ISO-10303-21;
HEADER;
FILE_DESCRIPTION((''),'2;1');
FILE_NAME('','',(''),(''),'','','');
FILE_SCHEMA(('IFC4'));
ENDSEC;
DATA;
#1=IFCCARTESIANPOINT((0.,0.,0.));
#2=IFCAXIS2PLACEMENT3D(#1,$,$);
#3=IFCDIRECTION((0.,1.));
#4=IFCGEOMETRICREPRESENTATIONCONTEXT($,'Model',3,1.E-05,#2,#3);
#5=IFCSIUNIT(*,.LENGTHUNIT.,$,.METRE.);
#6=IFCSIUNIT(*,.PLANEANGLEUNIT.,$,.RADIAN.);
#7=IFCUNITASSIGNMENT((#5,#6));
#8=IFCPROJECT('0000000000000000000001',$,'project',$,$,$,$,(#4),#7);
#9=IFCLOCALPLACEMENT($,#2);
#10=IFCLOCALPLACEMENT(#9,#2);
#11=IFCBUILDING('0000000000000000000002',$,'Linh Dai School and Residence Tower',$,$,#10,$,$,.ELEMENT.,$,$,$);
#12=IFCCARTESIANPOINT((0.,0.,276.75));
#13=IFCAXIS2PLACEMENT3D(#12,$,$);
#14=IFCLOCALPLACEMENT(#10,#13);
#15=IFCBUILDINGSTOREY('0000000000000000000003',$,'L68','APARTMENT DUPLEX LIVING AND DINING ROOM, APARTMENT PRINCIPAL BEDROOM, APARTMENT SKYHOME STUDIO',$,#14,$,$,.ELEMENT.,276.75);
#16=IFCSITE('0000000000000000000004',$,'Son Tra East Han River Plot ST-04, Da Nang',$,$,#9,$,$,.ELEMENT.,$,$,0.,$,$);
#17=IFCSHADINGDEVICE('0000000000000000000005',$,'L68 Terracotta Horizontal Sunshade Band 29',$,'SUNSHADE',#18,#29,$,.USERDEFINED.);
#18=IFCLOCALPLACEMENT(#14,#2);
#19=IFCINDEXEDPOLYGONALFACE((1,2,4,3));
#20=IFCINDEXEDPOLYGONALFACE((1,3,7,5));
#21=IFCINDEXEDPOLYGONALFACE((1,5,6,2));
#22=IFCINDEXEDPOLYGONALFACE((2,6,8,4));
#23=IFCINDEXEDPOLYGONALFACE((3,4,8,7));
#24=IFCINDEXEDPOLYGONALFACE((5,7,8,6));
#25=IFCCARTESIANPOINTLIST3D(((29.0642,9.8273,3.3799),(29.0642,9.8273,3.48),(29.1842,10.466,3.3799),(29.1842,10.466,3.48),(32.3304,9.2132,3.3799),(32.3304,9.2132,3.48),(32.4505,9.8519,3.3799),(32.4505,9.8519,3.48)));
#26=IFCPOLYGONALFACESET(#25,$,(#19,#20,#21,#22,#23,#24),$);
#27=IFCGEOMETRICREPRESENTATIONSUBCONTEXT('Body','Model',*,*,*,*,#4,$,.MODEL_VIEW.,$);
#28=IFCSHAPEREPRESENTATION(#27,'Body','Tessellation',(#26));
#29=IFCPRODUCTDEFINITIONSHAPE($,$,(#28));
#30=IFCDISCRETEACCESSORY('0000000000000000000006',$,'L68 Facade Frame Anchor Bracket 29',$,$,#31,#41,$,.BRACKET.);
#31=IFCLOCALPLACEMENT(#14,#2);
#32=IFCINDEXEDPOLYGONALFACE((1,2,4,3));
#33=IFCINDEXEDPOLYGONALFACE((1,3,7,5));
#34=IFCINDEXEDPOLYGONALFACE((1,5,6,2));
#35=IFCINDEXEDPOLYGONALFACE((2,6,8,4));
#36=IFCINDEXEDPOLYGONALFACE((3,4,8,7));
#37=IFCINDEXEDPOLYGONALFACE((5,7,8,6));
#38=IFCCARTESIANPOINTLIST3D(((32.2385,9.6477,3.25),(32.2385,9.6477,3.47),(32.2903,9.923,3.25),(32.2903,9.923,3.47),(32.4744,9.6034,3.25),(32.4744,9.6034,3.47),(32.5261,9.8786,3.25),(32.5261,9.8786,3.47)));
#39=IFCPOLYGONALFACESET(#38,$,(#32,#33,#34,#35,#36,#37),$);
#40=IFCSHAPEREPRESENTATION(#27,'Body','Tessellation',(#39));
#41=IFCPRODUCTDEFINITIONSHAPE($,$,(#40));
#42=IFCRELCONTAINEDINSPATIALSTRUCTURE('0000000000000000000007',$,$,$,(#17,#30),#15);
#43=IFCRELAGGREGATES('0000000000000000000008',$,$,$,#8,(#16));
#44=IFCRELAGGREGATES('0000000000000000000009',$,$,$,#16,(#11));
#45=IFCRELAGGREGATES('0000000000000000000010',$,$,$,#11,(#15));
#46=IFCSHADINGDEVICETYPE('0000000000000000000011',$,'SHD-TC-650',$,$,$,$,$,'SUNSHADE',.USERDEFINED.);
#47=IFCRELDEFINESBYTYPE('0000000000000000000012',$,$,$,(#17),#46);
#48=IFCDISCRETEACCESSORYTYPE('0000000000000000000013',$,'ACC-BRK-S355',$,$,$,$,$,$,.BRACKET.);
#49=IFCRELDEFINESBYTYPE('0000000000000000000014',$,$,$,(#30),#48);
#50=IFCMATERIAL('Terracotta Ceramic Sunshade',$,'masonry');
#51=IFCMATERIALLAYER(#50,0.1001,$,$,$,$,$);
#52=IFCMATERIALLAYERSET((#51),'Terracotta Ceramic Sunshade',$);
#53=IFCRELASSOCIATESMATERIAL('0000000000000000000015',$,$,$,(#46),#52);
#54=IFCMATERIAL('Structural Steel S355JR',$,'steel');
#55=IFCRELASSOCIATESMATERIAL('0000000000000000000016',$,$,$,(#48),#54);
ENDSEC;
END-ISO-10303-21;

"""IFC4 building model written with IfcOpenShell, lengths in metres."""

from ifc_helpers import new_model, si_unit, direction, frame, origin, origin_2d, place, context, subcontext, project, spatial, rectangle, extrude, source, transform, mapped, material, layer, layer_set, type_object, element, save


model = new_model("IFC4")

# Units and contexts
model_context = context("Model", 3, precision=1e-05, world=origin(), true_north=direction((0.0, 1.0)))
body_context = subcontext(model_context, "Body", "Model", "MODEL_VIEW")
ifc_project = project(units=[si_unit("LENGTHUNIT", "METRE"), si_unit("PLANEANGLEUNIT", "RADIAN")], contexts=[model_context])

# Site, building, storey
site_placement = place(None, origin())
site = spatial("IfcSite", under=ifc_project, at=site_placement, Name="Son Tra East Han River Plot ST-04, Da Nang", CompositionType="ELEMENT", RefElevation=0.0)
building_placement = place(site_placement, origin())
building = spatial("IfcBuilding", under=site, at=building_placement, Name="Linh Dai School and Residence Tower", CompositionType="ELEMENT")
storey_placement = place(building_placement, frame((0.0, 0.0, 276.75)))
storey = spatial("IfcBuildingStorey", under=building, at=storey_placement, Name="L68", Description="APARTMENT DUPLEX LIVING AND DINING ROOM, APARTMENT PRINCIPAL BEDROOM, APARTMENT SKYHOME STUDIO", CompositionType="ELEMENT", Elevation=276.75)

# Shared definitions
ifc_material_1 = material(Name="Structural Steel S355JR", Category="steel")

# Shading device
ifc_material_2 = material(Name="Terracotta Ceramic Sunshade", Category="masonry")
ifc_layer_1 = layer(ifc_material_2, 0.1001)
ifc_layer_set_1 = layer_set([ifc_layer_1], Name="Terracotta Ceramic Sunshade")
shading_device_type = type_object("IfcShadingDeviceType", Name="SHD-TC-650", ElementType="SUNSHADE", PredefinedType="USERDEFINED", material=ifc_layer_set_1)
shared_shape_1 = source(origin(), body_context, "Body", "SweptSolid", [
    extrude(rectangle(XDim=3.3235, YDim=0.6499, at=origin_2d()), origin(), (0.0, 0.0, 1.0), 0.1001),
])
shading_device_placement = place(storey_placement, frame((30.7573, 9.8396, 3.3799), z_axis=(0.0, 0.0, 1.0), x_axis=(-0.982785, 0.184751, 0.0)))
element("IfcShadingDevice", 1, at=shading_device_placement, inside=storey, type_object=shading_device_type, Name="L68 Terracotta Horizontal Sunshade Band 29", ObjectType="SUNSHADE", PredefinedType="USERDEFINED", context=body_context, shape_type="MappedRepresentation", body=[
    mapped(shared_shape_1, transform((0.0, 0.0, 0.0), x_axis=(1.0, 0.0, 0.0), y_axis=(0.0, 1.0, 0.0), z_axis=(0.0, 0.0, 1.0), scale=1.0)),
])

# Discrete accessory
discrete_accessory_type = type_object("IfcDiscreteAccessoryType", Name="ACC-BRK-S355", PredefinedType="BRACKET", material=ifc_material_1)
shared_shape_2 = source(origin(), body_context, "Body", "SweptSolid", [
    extrude(rectangle(XDim=0.28, YDim=0.24, at=origin_2d()), origin(), (0.0, 0.0, 1.0), 0.22),
])
discrete_accessory_placement = place(storey_placement, frame((32.3823, 9.7632, 3.25), z_axis=(0.0, 0.0, 1.0), x_axis=(-0.184751, -0.982785, 0.0)))
element("IfcDiscreteAccessory", 2, at=discrete_accessory_placement, inside=storey, type_object=discrete_accessory_type, Name="L68 Facade Frame Anchor Bracket 29", PredefinedType="BRACKET", context=body_context, shape_type="MappedRepresentation", body=[
    mapped(shared_shape_2, transform((0.0, 0.0, 0.0), x_axis=(1.0, 0.0, 0.0), y_axis=(0.0, 1.0, 0.0), z_axis=(0.0, 0.0, 1.0), scale=1.0)),
])

save(model, "model.ifc")
